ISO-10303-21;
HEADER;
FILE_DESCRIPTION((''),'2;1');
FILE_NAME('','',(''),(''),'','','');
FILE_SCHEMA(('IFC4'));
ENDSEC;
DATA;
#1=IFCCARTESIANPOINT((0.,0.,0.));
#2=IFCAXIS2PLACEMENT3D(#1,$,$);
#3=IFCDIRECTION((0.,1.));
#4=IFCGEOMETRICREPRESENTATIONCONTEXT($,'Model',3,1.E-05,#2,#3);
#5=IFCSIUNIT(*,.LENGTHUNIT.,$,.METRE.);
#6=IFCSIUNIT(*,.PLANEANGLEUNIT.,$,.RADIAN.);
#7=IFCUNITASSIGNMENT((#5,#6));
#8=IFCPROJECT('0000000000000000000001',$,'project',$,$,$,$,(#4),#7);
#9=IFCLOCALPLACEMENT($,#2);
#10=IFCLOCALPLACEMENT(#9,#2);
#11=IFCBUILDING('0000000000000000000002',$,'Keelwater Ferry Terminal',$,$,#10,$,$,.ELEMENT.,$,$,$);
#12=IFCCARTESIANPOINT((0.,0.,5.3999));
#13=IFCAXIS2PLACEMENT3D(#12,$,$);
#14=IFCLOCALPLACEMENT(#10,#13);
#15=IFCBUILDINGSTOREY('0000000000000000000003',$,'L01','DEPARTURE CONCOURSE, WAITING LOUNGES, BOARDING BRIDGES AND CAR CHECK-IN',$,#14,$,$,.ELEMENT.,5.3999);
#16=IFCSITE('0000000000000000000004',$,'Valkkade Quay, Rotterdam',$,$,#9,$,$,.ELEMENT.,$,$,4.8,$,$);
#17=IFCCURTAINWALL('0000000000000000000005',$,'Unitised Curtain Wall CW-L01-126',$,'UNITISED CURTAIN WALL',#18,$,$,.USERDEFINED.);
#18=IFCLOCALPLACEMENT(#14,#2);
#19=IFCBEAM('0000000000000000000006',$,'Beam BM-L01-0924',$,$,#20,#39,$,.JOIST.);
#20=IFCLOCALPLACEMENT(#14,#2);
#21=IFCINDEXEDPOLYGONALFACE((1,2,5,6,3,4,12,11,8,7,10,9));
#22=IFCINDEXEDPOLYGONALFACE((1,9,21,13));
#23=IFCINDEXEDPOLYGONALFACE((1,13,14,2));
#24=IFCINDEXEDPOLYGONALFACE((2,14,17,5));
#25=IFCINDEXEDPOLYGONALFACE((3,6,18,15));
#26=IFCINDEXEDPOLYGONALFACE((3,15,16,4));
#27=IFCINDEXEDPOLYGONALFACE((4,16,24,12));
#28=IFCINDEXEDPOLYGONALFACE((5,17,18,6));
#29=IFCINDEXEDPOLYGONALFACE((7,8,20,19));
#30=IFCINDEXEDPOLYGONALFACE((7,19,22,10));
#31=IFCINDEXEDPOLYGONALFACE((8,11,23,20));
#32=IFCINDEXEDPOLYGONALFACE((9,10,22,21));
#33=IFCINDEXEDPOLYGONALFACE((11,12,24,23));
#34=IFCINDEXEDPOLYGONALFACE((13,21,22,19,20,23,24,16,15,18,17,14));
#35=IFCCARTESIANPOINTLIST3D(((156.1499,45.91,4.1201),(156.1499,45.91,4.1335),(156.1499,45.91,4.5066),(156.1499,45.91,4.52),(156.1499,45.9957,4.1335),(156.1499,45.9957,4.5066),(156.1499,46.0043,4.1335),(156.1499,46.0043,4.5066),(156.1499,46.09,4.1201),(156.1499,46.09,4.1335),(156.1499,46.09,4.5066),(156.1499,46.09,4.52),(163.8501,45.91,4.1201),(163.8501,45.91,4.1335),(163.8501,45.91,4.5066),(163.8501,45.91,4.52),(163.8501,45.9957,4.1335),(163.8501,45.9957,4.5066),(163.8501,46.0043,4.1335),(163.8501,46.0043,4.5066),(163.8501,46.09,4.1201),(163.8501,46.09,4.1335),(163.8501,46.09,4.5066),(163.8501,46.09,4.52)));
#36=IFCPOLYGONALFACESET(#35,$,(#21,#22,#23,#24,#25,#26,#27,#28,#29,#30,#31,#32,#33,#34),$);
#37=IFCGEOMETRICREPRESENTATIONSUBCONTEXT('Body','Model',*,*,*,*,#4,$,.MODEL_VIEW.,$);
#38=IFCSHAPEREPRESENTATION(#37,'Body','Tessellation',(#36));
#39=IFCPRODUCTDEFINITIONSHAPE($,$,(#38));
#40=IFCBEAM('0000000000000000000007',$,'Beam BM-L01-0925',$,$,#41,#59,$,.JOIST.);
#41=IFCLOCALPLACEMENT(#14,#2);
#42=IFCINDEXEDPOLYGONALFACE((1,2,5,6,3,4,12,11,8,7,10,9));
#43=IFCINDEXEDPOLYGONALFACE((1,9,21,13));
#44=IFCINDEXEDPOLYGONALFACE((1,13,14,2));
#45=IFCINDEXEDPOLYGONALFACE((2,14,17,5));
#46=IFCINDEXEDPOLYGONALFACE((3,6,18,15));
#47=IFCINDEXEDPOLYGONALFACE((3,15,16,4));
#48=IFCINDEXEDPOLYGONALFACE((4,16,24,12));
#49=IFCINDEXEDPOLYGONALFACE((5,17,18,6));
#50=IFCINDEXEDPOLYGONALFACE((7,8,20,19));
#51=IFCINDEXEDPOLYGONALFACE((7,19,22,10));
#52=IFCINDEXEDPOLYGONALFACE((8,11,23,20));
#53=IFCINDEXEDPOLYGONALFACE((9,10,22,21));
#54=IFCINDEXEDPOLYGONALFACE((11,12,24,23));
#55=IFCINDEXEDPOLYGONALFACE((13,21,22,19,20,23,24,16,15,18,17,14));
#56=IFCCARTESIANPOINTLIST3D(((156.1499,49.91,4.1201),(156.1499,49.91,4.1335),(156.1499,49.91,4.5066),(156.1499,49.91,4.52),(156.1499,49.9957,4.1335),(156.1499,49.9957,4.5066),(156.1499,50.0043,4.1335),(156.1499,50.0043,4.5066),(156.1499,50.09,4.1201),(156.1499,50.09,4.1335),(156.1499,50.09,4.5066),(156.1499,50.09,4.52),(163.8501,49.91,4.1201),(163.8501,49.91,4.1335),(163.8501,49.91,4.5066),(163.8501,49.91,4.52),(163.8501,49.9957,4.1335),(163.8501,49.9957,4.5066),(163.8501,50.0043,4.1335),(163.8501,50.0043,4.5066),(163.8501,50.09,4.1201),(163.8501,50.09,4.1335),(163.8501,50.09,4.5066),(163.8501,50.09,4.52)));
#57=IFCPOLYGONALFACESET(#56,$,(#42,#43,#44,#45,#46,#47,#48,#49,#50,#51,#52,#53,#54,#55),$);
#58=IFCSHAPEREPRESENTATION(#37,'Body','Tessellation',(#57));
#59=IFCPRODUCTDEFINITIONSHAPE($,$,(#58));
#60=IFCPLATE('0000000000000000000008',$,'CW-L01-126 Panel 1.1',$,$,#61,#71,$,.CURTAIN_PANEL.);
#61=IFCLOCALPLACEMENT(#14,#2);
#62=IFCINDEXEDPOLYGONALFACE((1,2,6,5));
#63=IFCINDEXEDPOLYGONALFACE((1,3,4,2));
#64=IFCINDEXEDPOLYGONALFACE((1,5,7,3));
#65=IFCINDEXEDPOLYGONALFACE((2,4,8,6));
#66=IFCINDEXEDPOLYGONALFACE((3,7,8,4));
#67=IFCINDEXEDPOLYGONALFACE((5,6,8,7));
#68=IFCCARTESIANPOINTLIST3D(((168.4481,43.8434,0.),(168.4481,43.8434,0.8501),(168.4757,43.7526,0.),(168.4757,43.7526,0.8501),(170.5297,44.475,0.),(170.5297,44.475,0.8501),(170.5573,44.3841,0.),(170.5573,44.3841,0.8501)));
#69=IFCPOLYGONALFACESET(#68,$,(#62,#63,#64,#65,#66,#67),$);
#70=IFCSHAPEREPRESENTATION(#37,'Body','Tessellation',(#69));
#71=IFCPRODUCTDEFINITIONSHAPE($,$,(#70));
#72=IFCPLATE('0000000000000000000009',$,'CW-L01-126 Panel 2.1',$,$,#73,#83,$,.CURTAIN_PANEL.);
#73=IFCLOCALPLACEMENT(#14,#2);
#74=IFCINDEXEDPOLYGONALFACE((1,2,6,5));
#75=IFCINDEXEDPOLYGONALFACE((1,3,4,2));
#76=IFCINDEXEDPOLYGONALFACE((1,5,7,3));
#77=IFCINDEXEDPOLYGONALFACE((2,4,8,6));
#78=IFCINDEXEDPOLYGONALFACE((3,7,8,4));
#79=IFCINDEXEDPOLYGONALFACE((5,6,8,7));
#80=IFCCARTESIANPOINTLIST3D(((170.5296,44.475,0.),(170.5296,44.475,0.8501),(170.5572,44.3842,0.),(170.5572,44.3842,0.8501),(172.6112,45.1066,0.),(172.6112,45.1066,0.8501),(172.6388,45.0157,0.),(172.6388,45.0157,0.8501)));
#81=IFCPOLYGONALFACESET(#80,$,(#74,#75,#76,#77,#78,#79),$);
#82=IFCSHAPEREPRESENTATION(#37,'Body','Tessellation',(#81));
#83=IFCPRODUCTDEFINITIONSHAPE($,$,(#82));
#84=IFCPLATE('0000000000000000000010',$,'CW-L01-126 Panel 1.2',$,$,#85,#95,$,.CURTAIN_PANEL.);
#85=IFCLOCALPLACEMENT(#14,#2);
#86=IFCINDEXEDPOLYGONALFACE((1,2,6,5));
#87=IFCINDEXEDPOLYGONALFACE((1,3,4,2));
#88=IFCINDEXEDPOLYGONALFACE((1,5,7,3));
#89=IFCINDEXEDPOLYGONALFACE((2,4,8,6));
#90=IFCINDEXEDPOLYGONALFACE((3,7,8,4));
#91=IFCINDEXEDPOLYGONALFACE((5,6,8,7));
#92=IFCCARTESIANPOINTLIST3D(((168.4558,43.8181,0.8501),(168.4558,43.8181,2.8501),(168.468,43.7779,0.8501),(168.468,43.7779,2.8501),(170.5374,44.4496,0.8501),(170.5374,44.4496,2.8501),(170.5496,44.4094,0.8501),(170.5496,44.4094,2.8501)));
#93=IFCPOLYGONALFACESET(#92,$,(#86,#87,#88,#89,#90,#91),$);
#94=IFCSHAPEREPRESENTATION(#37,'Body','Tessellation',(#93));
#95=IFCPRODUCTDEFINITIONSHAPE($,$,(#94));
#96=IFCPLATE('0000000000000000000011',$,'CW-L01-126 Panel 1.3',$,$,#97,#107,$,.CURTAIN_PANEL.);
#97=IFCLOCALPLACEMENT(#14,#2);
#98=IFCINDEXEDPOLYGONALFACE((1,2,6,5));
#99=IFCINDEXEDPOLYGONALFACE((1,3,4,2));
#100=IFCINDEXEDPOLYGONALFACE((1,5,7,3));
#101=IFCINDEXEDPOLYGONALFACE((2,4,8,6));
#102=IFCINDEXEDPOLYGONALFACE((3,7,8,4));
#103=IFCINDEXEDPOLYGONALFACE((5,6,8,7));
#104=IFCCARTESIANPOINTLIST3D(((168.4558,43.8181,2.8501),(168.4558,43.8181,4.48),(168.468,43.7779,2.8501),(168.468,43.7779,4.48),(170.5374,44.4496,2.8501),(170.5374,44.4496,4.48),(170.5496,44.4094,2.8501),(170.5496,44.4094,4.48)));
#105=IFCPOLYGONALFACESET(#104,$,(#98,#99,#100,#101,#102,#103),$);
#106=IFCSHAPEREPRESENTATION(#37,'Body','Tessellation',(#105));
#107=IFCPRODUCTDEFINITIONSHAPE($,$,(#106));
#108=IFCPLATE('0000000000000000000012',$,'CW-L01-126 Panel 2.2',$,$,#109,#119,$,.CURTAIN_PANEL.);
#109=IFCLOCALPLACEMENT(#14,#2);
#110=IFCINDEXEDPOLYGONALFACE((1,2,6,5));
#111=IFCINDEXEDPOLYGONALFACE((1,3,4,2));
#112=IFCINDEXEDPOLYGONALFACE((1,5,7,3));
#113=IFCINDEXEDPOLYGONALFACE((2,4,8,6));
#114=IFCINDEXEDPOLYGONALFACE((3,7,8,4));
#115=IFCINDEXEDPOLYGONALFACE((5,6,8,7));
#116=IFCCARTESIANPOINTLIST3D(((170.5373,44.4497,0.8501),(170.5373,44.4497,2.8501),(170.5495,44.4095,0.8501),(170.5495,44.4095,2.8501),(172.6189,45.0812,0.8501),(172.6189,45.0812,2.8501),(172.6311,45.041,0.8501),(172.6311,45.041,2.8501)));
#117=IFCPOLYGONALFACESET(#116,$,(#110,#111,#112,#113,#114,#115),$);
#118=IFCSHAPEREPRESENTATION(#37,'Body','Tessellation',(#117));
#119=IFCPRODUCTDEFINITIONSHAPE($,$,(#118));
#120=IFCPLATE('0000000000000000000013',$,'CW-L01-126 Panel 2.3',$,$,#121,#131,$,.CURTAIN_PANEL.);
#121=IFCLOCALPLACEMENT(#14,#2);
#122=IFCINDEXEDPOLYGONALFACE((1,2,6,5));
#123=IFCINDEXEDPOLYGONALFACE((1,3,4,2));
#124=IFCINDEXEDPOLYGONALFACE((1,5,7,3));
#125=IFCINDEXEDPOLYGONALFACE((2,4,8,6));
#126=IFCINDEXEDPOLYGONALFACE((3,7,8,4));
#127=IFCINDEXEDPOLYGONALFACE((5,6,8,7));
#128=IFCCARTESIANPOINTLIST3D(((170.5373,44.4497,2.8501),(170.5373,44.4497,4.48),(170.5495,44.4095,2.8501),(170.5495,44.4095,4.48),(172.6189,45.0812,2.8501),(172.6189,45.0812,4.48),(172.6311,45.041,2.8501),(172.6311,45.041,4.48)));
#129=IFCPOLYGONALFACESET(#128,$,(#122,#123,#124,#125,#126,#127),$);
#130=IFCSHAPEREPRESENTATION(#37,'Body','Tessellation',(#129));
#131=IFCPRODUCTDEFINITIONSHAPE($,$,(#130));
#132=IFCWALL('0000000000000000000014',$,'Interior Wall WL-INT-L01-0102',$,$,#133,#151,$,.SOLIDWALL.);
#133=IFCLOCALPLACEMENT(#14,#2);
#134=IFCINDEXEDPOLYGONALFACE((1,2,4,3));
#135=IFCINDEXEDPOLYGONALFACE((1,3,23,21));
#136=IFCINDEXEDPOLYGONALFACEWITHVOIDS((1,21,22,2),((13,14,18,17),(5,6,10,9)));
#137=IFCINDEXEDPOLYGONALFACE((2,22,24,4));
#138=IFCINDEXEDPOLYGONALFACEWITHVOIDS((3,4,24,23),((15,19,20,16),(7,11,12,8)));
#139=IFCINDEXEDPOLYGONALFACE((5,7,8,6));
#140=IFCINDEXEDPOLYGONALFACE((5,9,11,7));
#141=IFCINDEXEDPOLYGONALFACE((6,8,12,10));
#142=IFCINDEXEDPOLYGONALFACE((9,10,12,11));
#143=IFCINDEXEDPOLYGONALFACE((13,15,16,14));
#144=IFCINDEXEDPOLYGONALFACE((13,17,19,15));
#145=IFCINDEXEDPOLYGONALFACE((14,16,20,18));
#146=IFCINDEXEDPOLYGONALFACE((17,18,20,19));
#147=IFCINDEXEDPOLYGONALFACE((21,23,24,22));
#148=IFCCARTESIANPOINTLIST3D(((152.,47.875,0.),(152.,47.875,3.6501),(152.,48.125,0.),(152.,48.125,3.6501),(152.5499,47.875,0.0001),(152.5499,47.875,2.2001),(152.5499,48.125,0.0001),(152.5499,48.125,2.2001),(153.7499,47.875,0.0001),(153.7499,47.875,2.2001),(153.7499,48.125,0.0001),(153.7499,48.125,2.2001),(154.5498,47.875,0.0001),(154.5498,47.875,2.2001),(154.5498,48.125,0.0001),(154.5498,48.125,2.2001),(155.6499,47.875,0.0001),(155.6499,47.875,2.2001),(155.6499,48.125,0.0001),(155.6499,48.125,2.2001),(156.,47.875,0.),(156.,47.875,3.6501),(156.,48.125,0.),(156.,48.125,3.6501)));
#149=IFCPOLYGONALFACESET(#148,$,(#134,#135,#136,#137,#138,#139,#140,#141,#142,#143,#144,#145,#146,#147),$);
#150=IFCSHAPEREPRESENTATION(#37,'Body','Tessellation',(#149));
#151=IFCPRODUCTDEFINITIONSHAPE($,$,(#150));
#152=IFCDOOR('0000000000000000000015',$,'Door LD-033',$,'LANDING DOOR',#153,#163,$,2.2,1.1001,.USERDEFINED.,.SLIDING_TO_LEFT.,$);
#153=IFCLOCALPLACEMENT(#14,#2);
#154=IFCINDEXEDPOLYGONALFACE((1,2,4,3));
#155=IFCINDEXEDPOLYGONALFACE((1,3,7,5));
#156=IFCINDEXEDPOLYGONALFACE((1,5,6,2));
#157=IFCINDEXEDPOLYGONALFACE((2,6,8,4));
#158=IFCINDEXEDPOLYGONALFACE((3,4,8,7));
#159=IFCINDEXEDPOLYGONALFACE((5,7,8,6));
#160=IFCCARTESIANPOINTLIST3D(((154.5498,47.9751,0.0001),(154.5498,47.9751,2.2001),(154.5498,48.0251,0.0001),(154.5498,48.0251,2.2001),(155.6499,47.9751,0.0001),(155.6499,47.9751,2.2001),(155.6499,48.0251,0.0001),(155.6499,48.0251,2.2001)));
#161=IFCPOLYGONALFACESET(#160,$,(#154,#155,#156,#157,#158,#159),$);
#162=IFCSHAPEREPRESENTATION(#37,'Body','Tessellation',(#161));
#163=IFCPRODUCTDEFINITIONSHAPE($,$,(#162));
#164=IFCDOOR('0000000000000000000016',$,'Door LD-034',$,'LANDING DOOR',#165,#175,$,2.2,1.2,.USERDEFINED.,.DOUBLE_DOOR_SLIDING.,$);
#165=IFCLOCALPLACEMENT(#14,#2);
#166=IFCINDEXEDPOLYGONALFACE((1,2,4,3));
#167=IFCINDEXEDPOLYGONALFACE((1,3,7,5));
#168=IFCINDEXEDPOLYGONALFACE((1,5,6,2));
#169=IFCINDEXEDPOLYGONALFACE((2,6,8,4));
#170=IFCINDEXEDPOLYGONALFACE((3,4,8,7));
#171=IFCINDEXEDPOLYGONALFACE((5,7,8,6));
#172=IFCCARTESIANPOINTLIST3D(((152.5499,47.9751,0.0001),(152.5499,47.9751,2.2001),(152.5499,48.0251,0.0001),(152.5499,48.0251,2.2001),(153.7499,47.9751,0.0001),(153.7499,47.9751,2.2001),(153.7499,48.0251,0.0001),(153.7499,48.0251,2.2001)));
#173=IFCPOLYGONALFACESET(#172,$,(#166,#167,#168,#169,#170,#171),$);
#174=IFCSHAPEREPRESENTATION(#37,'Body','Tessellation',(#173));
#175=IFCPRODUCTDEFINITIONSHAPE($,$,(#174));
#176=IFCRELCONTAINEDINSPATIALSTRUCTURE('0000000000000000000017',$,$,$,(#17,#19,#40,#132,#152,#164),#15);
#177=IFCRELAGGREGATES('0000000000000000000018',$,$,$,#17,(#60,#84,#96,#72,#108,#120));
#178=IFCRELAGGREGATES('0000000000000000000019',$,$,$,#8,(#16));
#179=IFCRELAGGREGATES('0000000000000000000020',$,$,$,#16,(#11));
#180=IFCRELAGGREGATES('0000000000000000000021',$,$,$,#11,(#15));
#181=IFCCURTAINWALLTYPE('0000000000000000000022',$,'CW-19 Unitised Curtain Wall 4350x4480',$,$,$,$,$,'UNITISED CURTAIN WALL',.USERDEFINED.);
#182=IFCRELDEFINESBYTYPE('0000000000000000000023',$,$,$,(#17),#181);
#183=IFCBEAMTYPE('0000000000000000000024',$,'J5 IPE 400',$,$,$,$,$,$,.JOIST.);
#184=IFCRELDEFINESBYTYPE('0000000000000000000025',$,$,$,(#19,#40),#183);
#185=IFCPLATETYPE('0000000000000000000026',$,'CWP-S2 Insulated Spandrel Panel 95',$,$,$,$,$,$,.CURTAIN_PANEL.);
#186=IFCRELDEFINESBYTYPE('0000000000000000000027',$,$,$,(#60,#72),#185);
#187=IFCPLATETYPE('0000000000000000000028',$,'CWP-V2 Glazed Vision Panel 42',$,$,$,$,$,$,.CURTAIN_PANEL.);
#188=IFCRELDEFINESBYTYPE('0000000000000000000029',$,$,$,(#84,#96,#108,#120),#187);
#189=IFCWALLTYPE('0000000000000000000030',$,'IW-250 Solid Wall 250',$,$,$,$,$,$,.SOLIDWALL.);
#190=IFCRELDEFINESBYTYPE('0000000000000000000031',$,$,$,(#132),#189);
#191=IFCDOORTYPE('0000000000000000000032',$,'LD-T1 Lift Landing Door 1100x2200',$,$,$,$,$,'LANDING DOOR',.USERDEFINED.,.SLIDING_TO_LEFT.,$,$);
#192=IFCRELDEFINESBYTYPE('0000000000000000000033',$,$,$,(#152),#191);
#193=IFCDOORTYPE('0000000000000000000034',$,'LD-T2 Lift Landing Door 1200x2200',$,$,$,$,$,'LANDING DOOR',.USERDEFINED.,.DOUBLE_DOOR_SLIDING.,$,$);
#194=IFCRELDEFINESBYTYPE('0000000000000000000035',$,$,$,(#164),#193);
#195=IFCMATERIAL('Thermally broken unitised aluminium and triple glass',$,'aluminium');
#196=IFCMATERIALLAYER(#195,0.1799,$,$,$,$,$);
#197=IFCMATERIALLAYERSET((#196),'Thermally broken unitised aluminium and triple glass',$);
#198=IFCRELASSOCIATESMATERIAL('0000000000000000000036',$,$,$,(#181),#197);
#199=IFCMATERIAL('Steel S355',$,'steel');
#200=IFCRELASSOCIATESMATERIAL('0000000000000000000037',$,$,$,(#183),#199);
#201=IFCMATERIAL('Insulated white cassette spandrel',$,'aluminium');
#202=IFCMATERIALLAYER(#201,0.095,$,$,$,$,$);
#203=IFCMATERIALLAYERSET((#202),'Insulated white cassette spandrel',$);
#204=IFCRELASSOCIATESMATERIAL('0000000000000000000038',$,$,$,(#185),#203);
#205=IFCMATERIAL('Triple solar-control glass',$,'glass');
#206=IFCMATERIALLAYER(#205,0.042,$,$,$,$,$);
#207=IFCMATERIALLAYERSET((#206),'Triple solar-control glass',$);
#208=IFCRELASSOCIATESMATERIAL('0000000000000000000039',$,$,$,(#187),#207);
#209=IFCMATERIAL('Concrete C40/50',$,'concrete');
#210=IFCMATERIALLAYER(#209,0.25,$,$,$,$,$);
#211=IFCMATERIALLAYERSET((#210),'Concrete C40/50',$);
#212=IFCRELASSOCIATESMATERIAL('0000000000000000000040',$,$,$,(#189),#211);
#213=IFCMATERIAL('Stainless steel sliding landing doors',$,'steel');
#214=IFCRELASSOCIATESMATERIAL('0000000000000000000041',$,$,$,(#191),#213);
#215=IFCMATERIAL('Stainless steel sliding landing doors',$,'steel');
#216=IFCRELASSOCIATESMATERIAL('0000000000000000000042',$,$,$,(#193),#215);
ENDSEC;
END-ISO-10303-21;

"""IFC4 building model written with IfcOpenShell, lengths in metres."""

from ifc_helpers import new_model, si_unit, direction, frame, frame_2d, origin, origin_2d, place, context, subcontext, project, spatial, rectangle, i_section, extrude, material, layer, layer_set, material_profile, profile_set, type_object, element, fill, aggregate, save


model = new_model("IFC4")

# Units and contexts
model_context = context("Model", 3, precision=1e-05, world=origin(), true_north=direction((0.0, 1.0)))
body_context = subcontext(model_context, "Body", "Model", "MODEL_VIEW")
ifc_project = project(units=[si_unit("LENGTHUNIT", "METRE"), si_unit("PLANEANGLEUNIT", "RADIAN")], contexts=[model_context])

# Site, building, storey
site_placement = place(None, origin())
site = spatial("IfcSite", under=ifc_project, at=site_placement, Name="Valkkade Quay, Rotterdam", CompositionType="ELEMENT", RefElevation=4.8)
building_placement = place(site_placement, origin())
building = spatial("IfcBuilding", under=site, at=building_placement, Name="Keelwater Ferry Terminal", CompositionType="ELEMENT")
storey_placement = place(building_placement, frame((0.0, 0.0, 5.3999)))
storey = spatial("IfcBuildingStorey", under=building, at=storey_placement, Name="L01", Description="DEPARTURE CONCOURSE, WAITING LOUNGES, BOARDING BRIDGES AND CAR CHECK-IN", CompositionType="ELEMENT", Elevation=5.3999)

# Curtain wall
ifc_material_1 = material(Name="Thermally broken unitised aluminium and triple glass", Category="aluminium")
ifc_layer_1 = layer(ifc_material_1, 0.1799)
ifc_layer_set_1 = layer_set([ifc_layer_1], Name="Thermally broken unitised aluminium and triple glass")
curtain_wall_type = type_object("IfcCurtainWallType", Name="CW-19 Unitised Curtain Wall 4350x4480", ElementType="UNITISED CURTAIN WALL", PredefinedType="USERDEFINED", material=ifc_layer_set_1)
curtain_wall_placement = place(storey_placement, origin())
curtain_wall = element("IfcCurtainWall", 1, at=curtain_wall_placement, inside=storey, type_object=curtain_wall_type, Name="Unitised Curtain Wall CW-L01-126", ObjectType="UNITISED CURTAIN WALL", PredefinedType="USERDEFINED")

# Beams
ifc_material_2 = material(Name="Steel S355", Category="steel")
ifc_material_profile_1 = material_profile(ifc_material_2, i_section(OverallWidth=0.1799, OverallDepth=0.3999, WebThickness=0.0085, FlangeThickness=0.0134, at=origin_2d()), Name="IPE 400")
ifc_profile_set_1 = profile_set([ifc_material_profile_1], Name="Steel S355")
beam_type_1 = type_object("IfcBeamType", Name="J5 IPE 400", PredefinedType="JOIST", material=ifc_profile_set_1)
for number, where, z_axis, x_axis, name in (
    (2, (156.1499, 46.0, 4.3201), (1.0, 0.0, 0.0), (0.0, 1.0, 0.0), "Beam BM-L01-0924"),
    (3, (156.1499, 50.0, 4.3201), (1.0, 0.0, 0.0), (0.0, 1.0, 0.0), "Beam BM-L01-0925"),
):
    element("IfcBeam", number, at=place(storey_placement, frame(where, z_axis=z_axis, x_axis=x_axis)), inside=storey, type_object=beam_type_1, Name=name, PredefinedType="JOIST", context=body_context, shape_type="SweptSolid", body=[
        extrude(i_section(OverallWidth=0.1799, OverallDepth=0.3999, WebThickness=0.0085, FlangeThickness=0.0134, at=origin_2d()), origin(), (0.0, 0.0, 1.0), 7.7002),
    ])

# Plates
ifc_material_3 = material(Name="Insulated white cassette spandrel", Category="aluminium")
ifc_layer_2 = layer(ifc_material_3, 0.095)
ifc_layer_set_2 = layer_set([ifc_layer_2], Name="Insulated white cassette spandrel")
plate_type_1 = type_object("IfcPlateType", Name="CWP-S2 Insulated Spandrel Panel 95", PredefinedType="CURTAIN_PANEL", material=ifc_layer_set_2)
plate_1_placement = place(storey_placement, frame((169.5027, 44.1138, 0.0), z_axis=(0.0, 0.0, 1.0), x_axis=(0.95693, 0.29032, 0.0)))
plate_1 = element("IfcPlate", 4, at=plate_1_placement, type_object=plate_type_1, Name="CW-L01-126 Panel 1.1", PredefinedType="CURTAIN_PANEL", context=body_context, shape_type="SweptSolid", body=[
    extrude(rectangle(XDim=2.1753, YDim=0.095, at=origin_2d()), origin(), (0.0, 0.0, 1.0), 0.8501),
])
plate_2_placement = place(storey_placement, frame((171.5842, 44.7454, 0.0), z_axis=(0.0, 0.0, 1.0), x_axis=(0.95693, 0.29032, 0.0)))
plate_2 = element("IfcPlate", 5, at=plate_2_placement, type_object=plate_type_1, Name="CW-L01-126 Panel 2.1", PredefinedType="CURTAIN_PANEL", context=body_context, shape_type="SweptSolid", body=[
    extrude(rectangle(XDim=2.1753, YDim=0.095, at=origin_2d()), origin(), (0.0, 0.0, 1.0), 0.8501),
])
ifc_material_4 = material(Name="Triple solar-control glass", Category="glass")
ifc_layer_3 = layer(ifc_material_4, 0.042)
ifc_layer_set_3 = layer_set([ifc_layer_3], Name="Triple solar-control glass")
plate_type_2 = type_object("IfcPlateType", Name="CWP-V2 Glazed Vision Panel 42", PredefinedType="CURTAIN_PANEL", material=ifc_layer_set_3)
plate_3_placement = place(storey_placement, frame((169.5027, 44.1138, 0.8501), z_axis=(0.0, 0.0, 1.0), x_axis=(0.95693, 0.29032, 0.0)))
plate_3 = element("IfcPlate", 6, at=plate_3_placement, type_object=plate_type_2, Name="CW-L01-126 Panel 1.2", PredefinedType="CURTAIN_PANEL", context=body_context, shape_type="SweptSolid", body=[
    extrude(rectangle(XDim=2.1753, YDim=0.042, at=origin_2d()), origin(), (0.0, 0.0, 1.0), 2.0),
])
plate_4_placement = place(storey_placement, frame((169.5027, 44.1138, 2.8501), z_axis=(0.0, 0.0, 1.0), x_axis=(0.95693, 0.29032, 0.0)))
plate_4 = element("IfcPlate", 7, at=plate_4_placement, type_object=plate_type_2, Name="CW-L01-126 Panel 1.3", PredefinedType="CURTAIN_PANEL", context=body_context, shape_type="SweptSolid", body=[
    extrude(rectangle(XDim=2.1753, YDim=0.042, at=origin_2d()), origin(), (0.0, 0.0, 1.0), 1.6299),
])
plate_5_placement = place(storey_placement, frame((171.5842, 44.7454, 0.8501), z_axis=(0.0, 0.0, 1.0), x_axis=(0.95693, 0.29032, 0.0)))
plate_5 = element("IfcPlate", 8, at=plate_5_placement, type_object=plate_type_2, Name="CW-L01-126 Panel 2.2", PredefinedType="CURTAIN_PANEL", context=body_context, shape_type="SweptSolid", body=[
    extrude(rectangle(XDim=2.1753, YDim=0.042, at=origin_2d()), origin(), (0.0, 0.0, 1.0), 2.0),
])
plate_6_placement = place(storey_placement, frame((171.5842, 44.7454, 2.8501), z_axis=(0.0, 0.0, 1.0), x_axis=(0.95693, 0.29032, 0.0)))
plate_6 = element("IfcPlate", 9, at=plate_6_placement, type_object=plate_type_2, Name="CW-L01-126 Panel 2.3", PredefinedType="CURTAIN_PANEL", context=body_context, shape_type="SweptSolid", body=[
    extrude(rectangle(XDim=2.1753, YDim=0.042, at=origin_2d()), origin(), (0.0, 0.0, 1.0), 1.6299),
])
aggregate(curtain_wall, [plate_1, plate_3, plate_4, plate_2, plate_5, plate_6])

# Wall, openings, doors
ifc_material_5 = material(Name="Concrete C40/50", Category="concrete")
ifc_layer_4 = layer(ifc_material_5, 0.25)
ifc_layer_set_4 = layer_set([ifc_layer_4], Name="Concrete C40/50")
wall_type_1 = type_object("IfcWallType", Name="IW-250 Solid Wall 250", PredefinedType="SOLIDWALL", material=ifc_layer_set_4)
wall_1_placement = place(storey_placement, frame((156.0, 48.0, 0.0), z_axis=(0.0, 0.0, 1.0), x_axis=(-1.0, 0.0, 0.0)))
wall_1 = element("IfcWall", 10, at=wall_1_placement, inside=storey, type_object=wall_type_1, Name="Interior Wall WL-INT-L01-0102", PredefinedType="SOLIDWALL", context=body_context, shape_type="SweptSolid", body=[
    extrude(rectangle(XDim=4.0, YDim=0.25, at=frame_2d((2.0, 0.0))), origin(), (0.0, 0.0, 1.0), 3.6501),
])
opening_1_placement = place(wall_1_placement, frame((0.3501, 0.0, 0.0)))
opening_1 = element("IfcOpeningElement", 11, at=opening_1_placement, cuts=wall_1, PredefinedType="OPENING", context=body_context, shape_type="SweptSolid", body=[
    extrude(rectangle(XDim=1.1001, YDim=2.2, at=frame_2d((0.55, 1.1001))), frame((0.0, 0.135, 0.0), z_axis=(0.0, -1.0, 0.0), x_axis=(1.0, 0.0, 0.0)), (0.0, 0.0, 1.0), 0.27),
])
opening_2_placement = place(wall_1_placement, frame((2.25, 0.0, 0.0)))
opening_2 = element("IfcOpeningElement", 12, at=opening_2_placement, cuts=wall_1, PredefinedType="OPENING", context=body_context, shape_type="SweptSolid", body=[
    extrude(rectangle(XDim=1.2, YDim=2.2, at=frame_2d((0.6001, 1.1001))), frame((0.0, 0.135, 0.0), z_axis=(0.0, -1.0, 0.0), x_axis=(1.0, 0.0, 0.0)), (0.0, 0.0, 1.0), 0.27),
])
ifc_material_6 = material(Name="Stainless steel sliding landing doors", Category="steel")
door_type_1 = type_object("IfcDoorType", Name="LD-T1 Lift Landing Door 1100x2200", ElementType="LANDING DOOR", OperationType="SLIDING_TO_LEFT", PredefinedType="USERDEFINED", material=ifc_material_6)
door_1_placement = place(opening_1_placement, origin())
door_1 = element("IfcDoor", 13, at=door_1_placement, inside=storey, type_object=door_type_1, Name="Door LD-033", ObjectType="LANDING DOOR", OperationType="SLIDING_TO_LEFT", OverallHeight=2.2, OverallWidth=1.1001, PredefinedType="USERDEFINED", context=body_context, shape_type="SweptSolid", body=[
    extrude(rectangle(XDim=1.1001, YDim=2.2, at=frame_2d((0.55, 1.1001))), frame((0.0, 0.0249, 0.0), z_axis=(0.0, -1.0, 0.0), x_axis=(1.0, 0.0, 0.0)), (0.0, 0.0, 1.0), 0.05),
])
fill(opening_1, door_1)
ifc_material_7 = material(Name="Stainless steel sliding landing doors", Category="steel")
door_type_2 = type_object("IfcDoorType", Name="LD-T2 Lift Landing Door 1200x2200", ElementType="LANDING DOOR", OperationType="DOUBLE_DOOR_SLIDING", PredefinedType="USERDEFINED", material=ifc_material_7)
door_2_placement = place(opening_2_placement, origin())
door_2 = element("IfcDoor", 14, at=door_2_placement, inside=storey, type_object=door_type_2, Name="Door LD-034", ObjectType="LANDING DOOR", OperationType="DOUBLE_DOOR_SLIDING", OverallHeight=2.2, OverallWidth=1.2, PredefinedType="USERDEFINED", context=body_context, shape_type="SweptSolid", body=[
    extrude(rectangle(XDim=1.2, YDim=2.2, at=frame_2d((0.6001, 1.1001))), frame((0.0, 0.0249, 0.0), z_axis=(0.0, -1.0, 0.0), x_axis=(1.0, 0.0, 0.0)), (0.0, 0.0, 1.0), 0.05),
])
fill(opening_2, door_2)

save(model, "model.ifc")
